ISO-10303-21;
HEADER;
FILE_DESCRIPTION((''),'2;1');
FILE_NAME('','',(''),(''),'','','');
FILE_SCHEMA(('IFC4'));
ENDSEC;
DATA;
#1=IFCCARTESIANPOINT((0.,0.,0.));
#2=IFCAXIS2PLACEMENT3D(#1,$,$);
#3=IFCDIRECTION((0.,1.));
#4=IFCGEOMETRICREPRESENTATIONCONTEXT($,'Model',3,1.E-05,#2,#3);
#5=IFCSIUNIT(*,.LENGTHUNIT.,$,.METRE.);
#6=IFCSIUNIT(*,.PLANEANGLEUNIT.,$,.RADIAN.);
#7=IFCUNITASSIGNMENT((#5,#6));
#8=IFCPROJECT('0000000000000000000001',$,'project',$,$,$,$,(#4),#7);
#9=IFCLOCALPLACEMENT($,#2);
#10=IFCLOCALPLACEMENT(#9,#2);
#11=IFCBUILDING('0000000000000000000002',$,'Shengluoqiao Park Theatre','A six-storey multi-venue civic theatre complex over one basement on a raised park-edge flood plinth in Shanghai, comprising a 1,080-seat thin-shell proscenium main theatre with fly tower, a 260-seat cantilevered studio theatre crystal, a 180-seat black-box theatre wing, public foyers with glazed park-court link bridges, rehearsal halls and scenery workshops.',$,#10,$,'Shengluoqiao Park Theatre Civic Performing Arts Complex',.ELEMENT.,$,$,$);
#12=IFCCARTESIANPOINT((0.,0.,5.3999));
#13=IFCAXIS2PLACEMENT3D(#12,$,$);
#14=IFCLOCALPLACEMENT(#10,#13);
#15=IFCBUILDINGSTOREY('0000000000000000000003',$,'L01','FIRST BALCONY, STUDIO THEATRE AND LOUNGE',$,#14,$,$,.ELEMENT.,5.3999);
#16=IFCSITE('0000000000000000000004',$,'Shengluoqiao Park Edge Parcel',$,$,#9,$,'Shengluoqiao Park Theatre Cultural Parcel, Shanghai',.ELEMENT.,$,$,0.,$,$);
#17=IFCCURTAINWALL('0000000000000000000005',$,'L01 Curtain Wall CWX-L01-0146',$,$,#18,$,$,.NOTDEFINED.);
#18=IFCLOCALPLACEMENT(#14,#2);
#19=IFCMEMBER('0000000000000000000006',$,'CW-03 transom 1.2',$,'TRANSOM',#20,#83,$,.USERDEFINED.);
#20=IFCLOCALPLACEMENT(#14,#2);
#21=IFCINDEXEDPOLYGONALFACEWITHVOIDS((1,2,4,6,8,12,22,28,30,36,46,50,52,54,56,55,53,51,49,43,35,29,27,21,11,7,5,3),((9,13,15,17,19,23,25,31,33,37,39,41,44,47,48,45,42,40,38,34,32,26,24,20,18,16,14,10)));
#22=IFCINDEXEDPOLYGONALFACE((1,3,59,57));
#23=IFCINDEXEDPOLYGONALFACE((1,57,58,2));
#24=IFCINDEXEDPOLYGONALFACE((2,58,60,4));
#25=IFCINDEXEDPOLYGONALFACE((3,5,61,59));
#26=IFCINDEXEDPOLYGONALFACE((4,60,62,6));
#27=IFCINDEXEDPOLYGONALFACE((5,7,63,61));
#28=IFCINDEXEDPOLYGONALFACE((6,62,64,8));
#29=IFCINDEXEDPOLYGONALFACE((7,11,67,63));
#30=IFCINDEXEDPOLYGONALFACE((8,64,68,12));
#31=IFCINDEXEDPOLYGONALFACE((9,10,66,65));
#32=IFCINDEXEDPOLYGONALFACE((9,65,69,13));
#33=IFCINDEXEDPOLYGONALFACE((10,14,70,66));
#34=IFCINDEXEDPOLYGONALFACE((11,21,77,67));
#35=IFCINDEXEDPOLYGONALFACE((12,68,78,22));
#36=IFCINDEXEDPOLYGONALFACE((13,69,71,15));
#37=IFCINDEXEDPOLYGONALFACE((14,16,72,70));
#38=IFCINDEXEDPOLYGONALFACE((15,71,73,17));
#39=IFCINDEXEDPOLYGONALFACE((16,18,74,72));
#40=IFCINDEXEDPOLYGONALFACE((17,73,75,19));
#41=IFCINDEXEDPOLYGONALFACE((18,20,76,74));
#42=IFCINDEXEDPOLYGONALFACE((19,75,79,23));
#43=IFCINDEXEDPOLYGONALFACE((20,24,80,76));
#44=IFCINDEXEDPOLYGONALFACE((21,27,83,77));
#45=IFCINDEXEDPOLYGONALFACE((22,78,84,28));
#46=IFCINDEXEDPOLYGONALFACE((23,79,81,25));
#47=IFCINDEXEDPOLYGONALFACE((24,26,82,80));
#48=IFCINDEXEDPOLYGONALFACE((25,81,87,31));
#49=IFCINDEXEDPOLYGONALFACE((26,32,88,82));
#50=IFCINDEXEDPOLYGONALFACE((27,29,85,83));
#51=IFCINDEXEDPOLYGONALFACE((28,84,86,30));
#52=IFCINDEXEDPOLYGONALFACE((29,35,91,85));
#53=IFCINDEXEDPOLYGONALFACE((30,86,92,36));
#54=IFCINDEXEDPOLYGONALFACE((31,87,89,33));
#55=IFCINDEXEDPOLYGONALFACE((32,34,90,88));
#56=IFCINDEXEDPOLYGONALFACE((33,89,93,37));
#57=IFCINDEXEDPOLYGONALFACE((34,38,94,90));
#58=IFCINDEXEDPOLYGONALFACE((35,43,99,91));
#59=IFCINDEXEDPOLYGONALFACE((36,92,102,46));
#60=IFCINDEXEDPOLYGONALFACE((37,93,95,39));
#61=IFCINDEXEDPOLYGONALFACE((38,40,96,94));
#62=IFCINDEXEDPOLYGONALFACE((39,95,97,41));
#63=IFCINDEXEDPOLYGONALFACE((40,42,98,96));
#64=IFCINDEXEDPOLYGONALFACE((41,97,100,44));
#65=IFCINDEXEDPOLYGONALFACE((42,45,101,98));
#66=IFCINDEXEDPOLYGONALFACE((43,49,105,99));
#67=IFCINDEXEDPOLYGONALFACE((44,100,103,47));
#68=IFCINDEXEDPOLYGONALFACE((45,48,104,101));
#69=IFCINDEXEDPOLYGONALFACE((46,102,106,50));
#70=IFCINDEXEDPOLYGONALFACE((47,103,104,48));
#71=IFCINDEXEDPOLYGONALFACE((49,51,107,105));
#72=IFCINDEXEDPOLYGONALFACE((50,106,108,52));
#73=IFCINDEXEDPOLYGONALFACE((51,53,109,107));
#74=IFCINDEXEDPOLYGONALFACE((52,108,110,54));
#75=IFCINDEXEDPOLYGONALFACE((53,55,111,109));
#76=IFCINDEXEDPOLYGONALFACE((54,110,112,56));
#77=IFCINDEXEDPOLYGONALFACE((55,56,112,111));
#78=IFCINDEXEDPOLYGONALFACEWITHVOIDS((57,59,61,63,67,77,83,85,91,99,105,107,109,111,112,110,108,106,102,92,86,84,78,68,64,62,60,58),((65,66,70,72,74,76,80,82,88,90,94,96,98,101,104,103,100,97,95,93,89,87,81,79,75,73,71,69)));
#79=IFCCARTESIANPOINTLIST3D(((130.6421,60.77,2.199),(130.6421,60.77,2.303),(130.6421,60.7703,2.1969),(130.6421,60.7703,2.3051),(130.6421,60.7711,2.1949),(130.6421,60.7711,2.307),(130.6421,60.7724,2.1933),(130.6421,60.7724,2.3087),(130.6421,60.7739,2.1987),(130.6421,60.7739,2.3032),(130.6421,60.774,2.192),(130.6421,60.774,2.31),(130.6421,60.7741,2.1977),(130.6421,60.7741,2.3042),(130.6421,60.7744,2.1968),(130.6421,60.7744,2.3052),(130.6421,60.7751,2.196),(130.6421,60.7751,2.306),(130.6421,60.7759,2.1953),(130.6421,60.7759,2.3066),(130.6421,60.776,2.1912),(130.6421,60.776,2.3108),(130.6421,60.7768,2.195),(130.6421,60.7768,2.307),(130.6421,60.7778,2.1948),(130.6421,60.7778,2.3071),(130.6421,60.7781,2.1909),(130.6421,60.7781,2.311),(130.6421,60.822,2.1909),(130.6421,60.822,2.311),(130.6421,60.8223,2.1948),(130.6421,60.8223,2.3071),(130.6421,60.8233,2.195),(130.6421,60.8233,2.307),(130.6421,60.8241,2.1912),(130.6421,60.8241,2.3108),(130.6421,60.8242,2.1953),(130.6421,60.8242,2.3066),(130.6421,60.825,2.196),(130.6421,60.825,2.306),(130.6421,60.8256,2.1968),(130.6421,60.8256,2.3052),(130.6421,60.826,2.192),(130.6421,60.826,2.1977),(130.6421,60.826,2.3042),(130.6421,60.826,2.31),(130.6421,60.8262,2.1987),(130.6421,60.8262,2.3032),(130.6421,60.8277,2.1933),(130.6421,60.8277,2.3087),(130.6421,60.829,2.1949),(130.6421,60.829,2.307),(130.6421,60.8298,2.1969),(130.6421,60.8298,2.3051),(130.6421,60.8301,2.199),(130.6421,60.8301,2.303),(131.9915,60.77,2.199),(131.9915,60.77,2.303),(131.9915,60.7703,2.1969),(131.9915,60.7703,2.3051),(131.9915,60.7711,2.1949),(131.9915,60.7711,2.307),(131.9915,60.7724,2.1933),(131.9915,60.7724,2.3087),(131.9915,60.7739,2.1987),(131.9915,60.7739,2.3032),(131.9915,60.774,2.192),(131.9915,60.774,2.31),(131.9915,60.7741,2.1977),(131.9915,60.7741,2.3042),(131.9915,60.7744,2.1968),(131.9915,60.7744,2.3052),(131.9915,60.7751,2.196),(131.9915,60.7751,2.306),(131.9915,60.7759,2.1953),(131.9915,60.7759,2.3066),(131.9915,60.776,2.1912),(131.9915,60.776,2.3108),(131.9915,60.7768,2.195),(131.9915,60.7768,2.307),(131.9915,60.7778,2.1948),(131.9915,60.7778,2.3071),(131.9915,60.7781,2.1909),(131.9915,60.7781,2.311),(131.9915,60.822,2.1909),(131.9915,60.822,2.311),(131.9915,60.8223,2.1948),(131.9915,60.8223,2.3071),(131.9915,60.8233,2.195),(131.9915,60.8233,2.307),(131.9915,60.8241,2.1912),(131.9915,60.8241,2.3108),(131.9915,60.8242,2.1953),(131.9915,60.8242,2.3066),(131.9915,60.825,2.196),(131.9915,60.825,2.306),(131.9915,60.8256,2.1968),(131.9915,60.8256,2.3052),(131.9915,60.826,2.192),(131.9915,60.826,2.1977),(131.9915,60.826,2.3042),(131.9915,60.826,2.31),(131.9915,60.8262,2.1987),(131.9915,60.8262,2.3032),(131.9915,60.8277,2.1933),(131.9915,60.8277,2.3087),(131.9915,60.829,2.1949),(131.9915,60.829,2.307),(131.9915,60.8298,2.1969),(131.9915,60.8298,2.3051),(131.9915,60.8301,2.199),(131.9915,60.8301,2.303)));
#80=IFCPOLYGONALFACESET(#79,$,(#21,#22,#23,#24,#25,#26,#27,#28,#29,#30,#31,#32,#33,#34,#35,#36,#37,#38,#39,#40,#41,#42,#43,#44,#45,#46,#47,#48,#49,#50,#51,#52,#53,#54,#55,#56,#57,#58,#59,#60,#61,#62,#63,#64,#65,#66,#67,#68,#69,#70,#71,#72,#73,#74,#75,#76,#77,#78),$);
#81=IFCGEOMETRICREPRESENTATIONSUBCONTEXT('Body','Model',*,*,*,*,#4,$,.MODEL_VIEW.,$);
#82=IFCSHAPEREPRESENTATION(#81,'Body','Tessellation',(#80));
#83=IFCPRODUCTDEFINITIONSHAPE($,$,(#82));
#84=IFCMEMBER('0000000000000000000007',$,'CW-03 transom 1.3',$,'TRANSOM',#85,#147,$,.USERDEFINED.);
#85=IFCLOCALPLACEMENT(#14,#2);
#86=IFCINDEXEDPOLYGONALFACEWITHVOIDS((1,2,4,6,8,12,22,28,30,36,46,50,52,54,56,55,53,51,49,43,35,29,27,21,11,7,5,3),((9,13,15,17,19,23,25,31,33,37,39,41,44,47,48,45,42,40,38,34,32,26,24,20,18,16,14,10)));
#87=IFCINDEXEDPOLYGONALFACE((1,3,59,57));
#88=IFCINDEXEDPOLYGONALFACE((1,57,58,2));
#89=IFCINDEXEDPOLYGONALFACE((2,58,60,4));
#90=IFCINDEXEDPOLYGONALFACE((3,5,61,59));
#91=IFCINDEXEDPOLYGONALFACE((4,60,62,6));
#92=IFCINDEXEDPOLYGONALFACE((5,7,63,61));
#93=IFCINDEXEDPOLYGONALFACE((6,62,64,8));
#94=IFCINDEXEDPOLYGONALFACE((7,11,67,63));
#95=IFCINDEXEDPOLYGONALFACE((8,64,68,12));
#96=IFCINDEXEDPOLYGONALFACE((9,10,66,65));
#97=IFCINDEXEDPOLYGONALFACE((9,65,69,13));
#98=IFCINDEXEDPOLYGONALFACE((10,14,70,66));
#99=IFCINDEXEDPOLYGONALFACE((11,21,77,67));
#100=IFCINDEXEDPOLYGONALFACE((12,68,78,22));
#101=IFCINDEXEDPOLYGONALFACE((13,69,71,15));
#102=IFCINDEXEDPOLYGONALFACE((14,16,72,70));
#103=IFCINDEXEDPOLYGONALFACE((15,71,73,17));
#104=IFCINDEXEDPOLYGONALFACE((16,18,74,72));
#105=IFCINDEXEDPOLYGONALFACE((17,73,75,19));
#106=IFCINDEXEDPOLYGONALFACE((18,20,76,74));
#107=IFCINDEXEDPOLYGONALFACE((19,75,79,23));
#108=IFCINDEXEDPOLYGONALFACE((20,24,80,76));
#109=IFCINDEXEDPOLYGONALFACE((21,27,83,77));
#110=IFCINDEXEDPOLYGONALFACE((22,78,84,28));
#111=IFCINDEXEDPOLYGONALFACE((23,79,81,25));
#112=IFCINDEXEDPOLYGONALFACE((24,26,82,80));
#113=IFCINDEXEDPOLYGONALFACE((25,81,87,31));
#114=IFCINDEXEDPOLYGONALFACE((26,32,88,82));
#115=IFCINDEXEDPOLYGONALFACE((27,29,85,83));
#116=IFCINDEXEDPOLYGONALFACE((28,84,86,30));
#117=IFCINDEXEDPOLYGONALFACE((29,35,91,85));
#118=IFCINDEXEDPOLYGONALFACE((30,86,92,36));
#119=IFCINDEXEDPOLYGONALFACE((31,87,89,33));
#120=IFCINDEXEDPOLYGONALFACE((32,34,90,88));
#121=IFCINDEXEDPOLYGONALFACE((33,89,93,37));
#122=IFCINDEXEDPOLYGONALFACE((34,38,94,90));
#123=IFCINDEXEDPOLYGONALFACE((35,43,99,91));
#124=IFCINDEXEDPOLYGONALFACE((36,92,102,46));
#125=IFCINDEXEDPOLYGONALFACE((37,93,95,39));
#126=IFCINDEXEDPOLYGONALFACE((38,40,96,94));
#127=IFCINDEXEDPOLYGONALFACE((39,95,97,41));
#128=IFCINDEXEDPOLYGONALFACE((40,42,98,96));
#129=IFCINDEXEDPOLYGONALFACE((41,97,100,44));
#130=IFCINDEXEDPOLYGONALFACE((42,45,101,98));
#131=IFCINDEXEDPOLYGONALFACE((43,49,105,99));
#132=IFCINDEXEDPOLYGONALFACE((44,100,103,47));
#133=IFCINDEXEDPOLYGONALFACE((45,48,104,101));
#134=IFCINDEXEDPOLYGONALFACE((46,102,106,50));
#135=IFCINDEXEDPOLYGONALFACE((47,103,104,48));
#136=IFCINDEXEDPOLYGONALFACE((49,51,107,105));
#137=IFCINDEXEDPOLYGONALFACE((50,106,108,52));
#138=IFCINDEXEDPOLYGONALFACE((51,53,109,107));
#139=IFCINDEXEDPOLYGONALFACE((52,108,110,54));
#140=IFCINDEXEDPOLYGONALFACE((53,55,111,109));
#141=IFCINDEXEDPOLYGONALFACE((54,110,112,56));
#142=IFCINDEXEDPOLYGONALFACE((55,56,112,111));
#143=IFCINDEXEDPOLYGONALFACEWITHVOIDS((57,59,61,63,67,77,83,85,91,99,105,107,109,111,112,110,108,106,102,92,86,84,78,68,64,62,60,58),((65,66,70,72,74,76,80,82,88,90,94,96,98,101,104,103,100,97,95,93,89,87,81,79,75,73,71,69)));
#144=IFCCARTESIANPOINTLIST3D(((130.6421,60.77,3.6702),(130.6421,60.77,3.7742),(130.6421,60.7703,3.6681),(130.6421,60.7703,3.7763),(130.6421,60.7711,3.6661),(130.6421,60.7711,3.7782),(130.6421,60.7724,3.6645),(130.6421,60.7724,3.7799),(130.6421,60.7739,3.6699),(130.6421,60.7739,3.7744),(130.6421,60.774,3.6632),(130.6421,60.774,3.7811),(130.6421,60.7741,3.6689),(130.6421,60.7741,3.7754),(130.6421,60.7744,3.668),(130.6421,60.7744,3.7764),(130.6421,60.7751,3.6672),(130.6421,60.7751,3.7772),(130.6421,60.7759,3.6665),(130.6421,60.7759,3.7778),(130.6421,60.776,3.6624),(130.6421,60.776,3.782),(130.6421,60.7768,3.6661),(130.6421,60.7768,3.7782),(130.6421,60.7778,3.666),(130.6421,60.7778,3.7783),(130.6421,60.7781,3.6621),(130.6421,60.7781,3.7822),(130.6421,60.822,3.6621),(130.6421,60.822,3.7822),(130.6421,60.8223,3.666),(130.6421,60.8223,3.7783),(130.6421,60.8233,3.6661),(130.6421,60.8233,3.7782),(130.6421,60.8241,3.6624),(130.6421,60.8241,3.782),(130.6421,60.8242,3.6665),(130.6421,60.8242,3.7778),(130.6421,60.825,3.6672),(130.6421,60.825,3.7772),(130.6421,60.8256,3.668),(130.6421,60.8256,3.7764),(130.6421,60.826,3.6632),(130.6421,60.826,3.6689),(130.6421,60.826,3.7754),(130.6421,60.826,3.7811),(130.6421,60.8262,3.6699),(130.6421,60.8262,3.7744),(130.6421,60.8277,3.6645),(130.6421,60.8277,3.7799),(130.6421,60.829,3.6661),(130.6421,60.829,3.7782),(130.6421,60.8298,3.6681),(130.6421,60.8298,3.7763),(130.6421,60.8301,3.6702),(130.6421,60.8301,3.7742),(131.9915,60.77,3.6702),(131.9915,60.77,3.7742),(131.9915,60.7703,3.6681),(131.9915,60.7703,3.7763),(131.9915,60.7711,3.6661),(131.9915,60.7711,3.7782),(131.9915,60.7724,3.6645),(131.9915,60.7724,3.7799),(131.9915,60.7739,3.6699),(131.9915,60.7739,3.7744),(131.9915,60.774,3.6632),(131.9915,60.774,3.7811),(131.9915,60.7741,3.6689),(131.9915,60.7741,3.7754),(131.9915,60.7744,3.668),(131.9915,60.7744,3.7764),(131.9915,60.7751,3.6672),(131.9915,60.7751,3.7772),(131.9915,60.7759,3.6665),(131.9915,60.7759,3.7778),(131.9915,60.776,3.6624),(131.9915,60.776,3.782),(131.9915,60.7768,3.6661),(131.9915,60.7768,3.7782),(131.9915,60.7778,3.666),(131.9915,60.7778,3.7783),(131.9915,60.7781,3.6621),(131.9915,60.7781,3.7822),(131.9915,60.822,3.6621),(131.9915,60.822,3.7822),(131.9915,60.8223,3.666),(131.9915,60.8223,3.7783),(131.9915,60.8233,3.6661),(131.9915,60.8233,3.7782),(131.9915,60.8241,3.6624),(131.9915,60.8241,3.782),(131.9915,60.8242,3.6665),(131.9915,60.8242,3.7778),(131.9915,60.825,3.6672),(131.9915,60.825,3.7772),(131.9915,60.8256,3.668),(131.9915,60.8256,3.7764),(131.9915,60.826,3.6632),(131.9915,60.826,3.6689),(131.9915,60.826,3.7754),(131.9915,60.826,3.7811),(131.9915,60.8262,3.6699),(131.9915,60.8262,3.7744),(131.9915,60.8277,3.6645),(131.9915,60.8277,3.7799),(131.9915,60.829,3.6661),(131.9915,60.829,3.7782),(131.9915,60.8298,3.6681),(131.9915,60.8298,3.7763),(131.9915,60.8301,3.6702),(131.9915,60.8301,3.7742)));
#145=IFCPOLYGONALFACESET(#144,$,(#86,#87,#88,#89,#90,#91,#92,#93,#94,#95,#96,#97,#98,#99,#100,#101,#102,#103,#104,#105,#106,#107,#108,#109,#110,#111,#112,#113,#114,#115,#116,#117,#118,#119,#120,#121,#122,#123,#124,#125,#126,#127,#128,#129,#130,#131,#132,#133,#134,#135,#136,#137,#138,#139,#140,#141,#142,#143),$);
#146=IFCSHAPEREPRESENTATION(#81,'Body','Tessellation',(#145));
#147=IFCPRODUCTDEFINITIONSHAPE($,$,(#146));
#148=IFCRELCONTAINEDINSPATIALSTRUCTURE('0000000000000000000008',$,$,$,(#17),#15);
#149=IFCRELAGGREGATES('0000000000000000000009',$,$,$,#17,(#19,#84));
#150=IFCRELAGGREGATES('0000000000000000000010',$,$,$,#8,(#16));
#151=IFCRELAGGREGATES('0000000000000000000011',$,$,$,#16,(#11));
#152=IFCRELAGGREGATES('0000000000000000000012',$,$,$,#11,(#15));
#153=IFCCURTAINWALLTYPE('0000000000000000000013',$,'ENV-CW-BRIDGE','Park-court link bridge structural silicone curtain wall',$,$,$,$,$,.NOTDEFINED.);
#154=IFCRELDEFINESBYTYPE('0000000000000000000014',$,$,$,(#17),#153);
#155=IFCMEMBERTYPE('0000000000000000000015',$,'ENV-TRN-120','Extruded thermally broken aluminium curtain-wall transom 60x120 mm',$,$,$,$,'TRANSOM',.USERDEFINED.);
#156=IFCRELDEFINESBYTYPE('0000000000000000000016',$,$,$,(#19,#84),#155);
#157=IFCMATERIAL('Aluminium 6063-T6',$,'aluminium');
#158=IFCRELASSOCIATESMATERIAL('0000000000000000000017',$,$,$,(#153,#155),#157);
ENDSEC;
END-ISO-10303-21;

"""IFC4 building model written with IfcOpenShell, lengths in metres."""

from ifc_helpers import new_model, si_unit, direction, frame, origin, origin_2d, place, context, subcontext, project, spatial, hollow_rectangle, extrude, material, material_profile, profile_set, type_object, element, aggregate, save


model = new_model("IFC4")

# Units and contexts
model_context = context("Model", 3, precision=1e-05, world=origin(), true_north=direction((0.0, 1.0)))
body_context = subcontext(model_context, "Body", "Model", "MODEL_VIEW")
ifc_project = project(units=[si_unit("LENGTHUNIT", "METRE"), si_unit("PLANEANGLEUNIT", "RADIAN")], contexts=[model_context])

# Site, building, storey
site_placement = place(None, origin())
site = spatial("IfcSite", under=ifc_project, at=site_placement, Name="Shengluoqiao Park Edge Parcel", LongName="Shengluoqiao Park Theatre Cultural Parcel, Shanghai", CompositionType="ELEMENT", RefElevation=0.0)
building_placement = place(site_placement, origin())
building = spatial("IfcBuilding", under=site, at=building_placement, Name="Shengluoqiao Park Theatre", Description="A six-storey multi-venue civic theatre complex over one basement on a raised park-edge flood plinth in Shanghai, comprising a 1,080-seat thin-shell proscenium main theatre with fly tower, a 260-seat cantilevered studio theatre crystal, a 180-seat black-box theatre wing, public foyers with glazed park-court link bridges, rehearsal halls and scenery workshops.", LongName="Shengluoqiao Park Theatre Civic Performing Arts Complex", CompositionType="ELEMENT")
storey_placement = place(building_placement, frame((0.0, 0.0, 5.3999)))
storey = spatial("IfcBuildingStorey", under=building, at=storey_placement, Name="L01", Description="FIRST BALCONY, STUDIO THEATRE AND LOUNGE", CompositionType="ELEMENT", Elevation=5.3999)

# Shared definitions
ifc_material_1 = material(Name="Aluminium 6063-T6", Category="aluminium")
curtain_wall_type = type_object("IfcCurtainWallType", Name="ENV-CW-BRIDGE", Description="Park-court link bridge structural silicone curtain wall", PredefinedType="NOTDEFINED", material=ifc_material_1)

# Curtain wall
curtain_wall_1_placement = place(storey_placement, origin())
curtain_wall_1 = element("IfcCurtainWall", 1, at=curtain_wall_1_placement, inside=storey, type_object=curtain_wall_type, Name="L01 Curtain Wall CWX-L01-0146", PredefinedType="NOTDEFINED")

# Members
ifc_material_profile_1 = material_profile(ifc_material_1, hollow_rectangle(XDim=0.0601, YDim=0.1201, WallThickness=0.0039, InnerFilletRadius=0.0039, OuterFilletRadius=0.0081, at=origin_2d()), Name="ALU TRANSOM 120x60x4")
ifc_profile_set_1 = profile_set([ifc_material_profile_1], Name="Aluminium 6063-T6")
member_type_1 = type_object("IfcMemberType", Name="ENV-TRN-120", Description="Extruded thermally broken aluminium curtain-wall transom 60x120 mm", ElementType="TRANSOM", PredefinedType="USERDEFINED", material=ifc_profile_set_1)
member_1_placement = place(storey_placement, frame((130.6421, 60.8, 2.251), z_axis=(1.0, 0.0, 0.0), x_axis=(0.0, 1.0, 0.0)))
member_1 = element("IfcMember", 2, at=member_1_placement, type_object=member_type_1, Name="CW-03 transom 1.2", ObjectType="TRANSOM", PredefinedType="USERDEFINED", context=body_context, shape_type="SweptSolid", body=[
    extrude(hollow_rectangle(XDim=0.0601, YDim=0.1201, WallThickness=0.0039, InnerFilletRadius=0.0039, OuterFilletRadius=0.0081, at=origin_2d()), origin(), (0.0, 0.0, 1.0), 1.3494),
])
member_2_placement = place(storey_placement, frame((130.6421, 60.8, 3.7222), z_axis=(1.0, 0.0, 0.0), x_axis=(0.0, 1.0, 0.0)))
member_2 = element("IfcMember", 3, at=member_2_placement, type_object=member_type_1, Name="CW-03 transom 1.3", ObjectType="TRANSOM", PredefinedType="USERDEFINED", context=body_context, shape_type="SweptSolid", body=[
    extrude(hollow_rectangle(XDim=0.0601, YDim=0.1201, WallThickness=0.0039, InnerFilletRadius=0.0039, OuterFilletRadius=0.0081, at=origin_2d()), origin(), (0.0, 0.0, 1.0), 1.3494),
])

aggregate(curtain_wall_1, [member_1, member_2])

save(model, "model.ifc")
